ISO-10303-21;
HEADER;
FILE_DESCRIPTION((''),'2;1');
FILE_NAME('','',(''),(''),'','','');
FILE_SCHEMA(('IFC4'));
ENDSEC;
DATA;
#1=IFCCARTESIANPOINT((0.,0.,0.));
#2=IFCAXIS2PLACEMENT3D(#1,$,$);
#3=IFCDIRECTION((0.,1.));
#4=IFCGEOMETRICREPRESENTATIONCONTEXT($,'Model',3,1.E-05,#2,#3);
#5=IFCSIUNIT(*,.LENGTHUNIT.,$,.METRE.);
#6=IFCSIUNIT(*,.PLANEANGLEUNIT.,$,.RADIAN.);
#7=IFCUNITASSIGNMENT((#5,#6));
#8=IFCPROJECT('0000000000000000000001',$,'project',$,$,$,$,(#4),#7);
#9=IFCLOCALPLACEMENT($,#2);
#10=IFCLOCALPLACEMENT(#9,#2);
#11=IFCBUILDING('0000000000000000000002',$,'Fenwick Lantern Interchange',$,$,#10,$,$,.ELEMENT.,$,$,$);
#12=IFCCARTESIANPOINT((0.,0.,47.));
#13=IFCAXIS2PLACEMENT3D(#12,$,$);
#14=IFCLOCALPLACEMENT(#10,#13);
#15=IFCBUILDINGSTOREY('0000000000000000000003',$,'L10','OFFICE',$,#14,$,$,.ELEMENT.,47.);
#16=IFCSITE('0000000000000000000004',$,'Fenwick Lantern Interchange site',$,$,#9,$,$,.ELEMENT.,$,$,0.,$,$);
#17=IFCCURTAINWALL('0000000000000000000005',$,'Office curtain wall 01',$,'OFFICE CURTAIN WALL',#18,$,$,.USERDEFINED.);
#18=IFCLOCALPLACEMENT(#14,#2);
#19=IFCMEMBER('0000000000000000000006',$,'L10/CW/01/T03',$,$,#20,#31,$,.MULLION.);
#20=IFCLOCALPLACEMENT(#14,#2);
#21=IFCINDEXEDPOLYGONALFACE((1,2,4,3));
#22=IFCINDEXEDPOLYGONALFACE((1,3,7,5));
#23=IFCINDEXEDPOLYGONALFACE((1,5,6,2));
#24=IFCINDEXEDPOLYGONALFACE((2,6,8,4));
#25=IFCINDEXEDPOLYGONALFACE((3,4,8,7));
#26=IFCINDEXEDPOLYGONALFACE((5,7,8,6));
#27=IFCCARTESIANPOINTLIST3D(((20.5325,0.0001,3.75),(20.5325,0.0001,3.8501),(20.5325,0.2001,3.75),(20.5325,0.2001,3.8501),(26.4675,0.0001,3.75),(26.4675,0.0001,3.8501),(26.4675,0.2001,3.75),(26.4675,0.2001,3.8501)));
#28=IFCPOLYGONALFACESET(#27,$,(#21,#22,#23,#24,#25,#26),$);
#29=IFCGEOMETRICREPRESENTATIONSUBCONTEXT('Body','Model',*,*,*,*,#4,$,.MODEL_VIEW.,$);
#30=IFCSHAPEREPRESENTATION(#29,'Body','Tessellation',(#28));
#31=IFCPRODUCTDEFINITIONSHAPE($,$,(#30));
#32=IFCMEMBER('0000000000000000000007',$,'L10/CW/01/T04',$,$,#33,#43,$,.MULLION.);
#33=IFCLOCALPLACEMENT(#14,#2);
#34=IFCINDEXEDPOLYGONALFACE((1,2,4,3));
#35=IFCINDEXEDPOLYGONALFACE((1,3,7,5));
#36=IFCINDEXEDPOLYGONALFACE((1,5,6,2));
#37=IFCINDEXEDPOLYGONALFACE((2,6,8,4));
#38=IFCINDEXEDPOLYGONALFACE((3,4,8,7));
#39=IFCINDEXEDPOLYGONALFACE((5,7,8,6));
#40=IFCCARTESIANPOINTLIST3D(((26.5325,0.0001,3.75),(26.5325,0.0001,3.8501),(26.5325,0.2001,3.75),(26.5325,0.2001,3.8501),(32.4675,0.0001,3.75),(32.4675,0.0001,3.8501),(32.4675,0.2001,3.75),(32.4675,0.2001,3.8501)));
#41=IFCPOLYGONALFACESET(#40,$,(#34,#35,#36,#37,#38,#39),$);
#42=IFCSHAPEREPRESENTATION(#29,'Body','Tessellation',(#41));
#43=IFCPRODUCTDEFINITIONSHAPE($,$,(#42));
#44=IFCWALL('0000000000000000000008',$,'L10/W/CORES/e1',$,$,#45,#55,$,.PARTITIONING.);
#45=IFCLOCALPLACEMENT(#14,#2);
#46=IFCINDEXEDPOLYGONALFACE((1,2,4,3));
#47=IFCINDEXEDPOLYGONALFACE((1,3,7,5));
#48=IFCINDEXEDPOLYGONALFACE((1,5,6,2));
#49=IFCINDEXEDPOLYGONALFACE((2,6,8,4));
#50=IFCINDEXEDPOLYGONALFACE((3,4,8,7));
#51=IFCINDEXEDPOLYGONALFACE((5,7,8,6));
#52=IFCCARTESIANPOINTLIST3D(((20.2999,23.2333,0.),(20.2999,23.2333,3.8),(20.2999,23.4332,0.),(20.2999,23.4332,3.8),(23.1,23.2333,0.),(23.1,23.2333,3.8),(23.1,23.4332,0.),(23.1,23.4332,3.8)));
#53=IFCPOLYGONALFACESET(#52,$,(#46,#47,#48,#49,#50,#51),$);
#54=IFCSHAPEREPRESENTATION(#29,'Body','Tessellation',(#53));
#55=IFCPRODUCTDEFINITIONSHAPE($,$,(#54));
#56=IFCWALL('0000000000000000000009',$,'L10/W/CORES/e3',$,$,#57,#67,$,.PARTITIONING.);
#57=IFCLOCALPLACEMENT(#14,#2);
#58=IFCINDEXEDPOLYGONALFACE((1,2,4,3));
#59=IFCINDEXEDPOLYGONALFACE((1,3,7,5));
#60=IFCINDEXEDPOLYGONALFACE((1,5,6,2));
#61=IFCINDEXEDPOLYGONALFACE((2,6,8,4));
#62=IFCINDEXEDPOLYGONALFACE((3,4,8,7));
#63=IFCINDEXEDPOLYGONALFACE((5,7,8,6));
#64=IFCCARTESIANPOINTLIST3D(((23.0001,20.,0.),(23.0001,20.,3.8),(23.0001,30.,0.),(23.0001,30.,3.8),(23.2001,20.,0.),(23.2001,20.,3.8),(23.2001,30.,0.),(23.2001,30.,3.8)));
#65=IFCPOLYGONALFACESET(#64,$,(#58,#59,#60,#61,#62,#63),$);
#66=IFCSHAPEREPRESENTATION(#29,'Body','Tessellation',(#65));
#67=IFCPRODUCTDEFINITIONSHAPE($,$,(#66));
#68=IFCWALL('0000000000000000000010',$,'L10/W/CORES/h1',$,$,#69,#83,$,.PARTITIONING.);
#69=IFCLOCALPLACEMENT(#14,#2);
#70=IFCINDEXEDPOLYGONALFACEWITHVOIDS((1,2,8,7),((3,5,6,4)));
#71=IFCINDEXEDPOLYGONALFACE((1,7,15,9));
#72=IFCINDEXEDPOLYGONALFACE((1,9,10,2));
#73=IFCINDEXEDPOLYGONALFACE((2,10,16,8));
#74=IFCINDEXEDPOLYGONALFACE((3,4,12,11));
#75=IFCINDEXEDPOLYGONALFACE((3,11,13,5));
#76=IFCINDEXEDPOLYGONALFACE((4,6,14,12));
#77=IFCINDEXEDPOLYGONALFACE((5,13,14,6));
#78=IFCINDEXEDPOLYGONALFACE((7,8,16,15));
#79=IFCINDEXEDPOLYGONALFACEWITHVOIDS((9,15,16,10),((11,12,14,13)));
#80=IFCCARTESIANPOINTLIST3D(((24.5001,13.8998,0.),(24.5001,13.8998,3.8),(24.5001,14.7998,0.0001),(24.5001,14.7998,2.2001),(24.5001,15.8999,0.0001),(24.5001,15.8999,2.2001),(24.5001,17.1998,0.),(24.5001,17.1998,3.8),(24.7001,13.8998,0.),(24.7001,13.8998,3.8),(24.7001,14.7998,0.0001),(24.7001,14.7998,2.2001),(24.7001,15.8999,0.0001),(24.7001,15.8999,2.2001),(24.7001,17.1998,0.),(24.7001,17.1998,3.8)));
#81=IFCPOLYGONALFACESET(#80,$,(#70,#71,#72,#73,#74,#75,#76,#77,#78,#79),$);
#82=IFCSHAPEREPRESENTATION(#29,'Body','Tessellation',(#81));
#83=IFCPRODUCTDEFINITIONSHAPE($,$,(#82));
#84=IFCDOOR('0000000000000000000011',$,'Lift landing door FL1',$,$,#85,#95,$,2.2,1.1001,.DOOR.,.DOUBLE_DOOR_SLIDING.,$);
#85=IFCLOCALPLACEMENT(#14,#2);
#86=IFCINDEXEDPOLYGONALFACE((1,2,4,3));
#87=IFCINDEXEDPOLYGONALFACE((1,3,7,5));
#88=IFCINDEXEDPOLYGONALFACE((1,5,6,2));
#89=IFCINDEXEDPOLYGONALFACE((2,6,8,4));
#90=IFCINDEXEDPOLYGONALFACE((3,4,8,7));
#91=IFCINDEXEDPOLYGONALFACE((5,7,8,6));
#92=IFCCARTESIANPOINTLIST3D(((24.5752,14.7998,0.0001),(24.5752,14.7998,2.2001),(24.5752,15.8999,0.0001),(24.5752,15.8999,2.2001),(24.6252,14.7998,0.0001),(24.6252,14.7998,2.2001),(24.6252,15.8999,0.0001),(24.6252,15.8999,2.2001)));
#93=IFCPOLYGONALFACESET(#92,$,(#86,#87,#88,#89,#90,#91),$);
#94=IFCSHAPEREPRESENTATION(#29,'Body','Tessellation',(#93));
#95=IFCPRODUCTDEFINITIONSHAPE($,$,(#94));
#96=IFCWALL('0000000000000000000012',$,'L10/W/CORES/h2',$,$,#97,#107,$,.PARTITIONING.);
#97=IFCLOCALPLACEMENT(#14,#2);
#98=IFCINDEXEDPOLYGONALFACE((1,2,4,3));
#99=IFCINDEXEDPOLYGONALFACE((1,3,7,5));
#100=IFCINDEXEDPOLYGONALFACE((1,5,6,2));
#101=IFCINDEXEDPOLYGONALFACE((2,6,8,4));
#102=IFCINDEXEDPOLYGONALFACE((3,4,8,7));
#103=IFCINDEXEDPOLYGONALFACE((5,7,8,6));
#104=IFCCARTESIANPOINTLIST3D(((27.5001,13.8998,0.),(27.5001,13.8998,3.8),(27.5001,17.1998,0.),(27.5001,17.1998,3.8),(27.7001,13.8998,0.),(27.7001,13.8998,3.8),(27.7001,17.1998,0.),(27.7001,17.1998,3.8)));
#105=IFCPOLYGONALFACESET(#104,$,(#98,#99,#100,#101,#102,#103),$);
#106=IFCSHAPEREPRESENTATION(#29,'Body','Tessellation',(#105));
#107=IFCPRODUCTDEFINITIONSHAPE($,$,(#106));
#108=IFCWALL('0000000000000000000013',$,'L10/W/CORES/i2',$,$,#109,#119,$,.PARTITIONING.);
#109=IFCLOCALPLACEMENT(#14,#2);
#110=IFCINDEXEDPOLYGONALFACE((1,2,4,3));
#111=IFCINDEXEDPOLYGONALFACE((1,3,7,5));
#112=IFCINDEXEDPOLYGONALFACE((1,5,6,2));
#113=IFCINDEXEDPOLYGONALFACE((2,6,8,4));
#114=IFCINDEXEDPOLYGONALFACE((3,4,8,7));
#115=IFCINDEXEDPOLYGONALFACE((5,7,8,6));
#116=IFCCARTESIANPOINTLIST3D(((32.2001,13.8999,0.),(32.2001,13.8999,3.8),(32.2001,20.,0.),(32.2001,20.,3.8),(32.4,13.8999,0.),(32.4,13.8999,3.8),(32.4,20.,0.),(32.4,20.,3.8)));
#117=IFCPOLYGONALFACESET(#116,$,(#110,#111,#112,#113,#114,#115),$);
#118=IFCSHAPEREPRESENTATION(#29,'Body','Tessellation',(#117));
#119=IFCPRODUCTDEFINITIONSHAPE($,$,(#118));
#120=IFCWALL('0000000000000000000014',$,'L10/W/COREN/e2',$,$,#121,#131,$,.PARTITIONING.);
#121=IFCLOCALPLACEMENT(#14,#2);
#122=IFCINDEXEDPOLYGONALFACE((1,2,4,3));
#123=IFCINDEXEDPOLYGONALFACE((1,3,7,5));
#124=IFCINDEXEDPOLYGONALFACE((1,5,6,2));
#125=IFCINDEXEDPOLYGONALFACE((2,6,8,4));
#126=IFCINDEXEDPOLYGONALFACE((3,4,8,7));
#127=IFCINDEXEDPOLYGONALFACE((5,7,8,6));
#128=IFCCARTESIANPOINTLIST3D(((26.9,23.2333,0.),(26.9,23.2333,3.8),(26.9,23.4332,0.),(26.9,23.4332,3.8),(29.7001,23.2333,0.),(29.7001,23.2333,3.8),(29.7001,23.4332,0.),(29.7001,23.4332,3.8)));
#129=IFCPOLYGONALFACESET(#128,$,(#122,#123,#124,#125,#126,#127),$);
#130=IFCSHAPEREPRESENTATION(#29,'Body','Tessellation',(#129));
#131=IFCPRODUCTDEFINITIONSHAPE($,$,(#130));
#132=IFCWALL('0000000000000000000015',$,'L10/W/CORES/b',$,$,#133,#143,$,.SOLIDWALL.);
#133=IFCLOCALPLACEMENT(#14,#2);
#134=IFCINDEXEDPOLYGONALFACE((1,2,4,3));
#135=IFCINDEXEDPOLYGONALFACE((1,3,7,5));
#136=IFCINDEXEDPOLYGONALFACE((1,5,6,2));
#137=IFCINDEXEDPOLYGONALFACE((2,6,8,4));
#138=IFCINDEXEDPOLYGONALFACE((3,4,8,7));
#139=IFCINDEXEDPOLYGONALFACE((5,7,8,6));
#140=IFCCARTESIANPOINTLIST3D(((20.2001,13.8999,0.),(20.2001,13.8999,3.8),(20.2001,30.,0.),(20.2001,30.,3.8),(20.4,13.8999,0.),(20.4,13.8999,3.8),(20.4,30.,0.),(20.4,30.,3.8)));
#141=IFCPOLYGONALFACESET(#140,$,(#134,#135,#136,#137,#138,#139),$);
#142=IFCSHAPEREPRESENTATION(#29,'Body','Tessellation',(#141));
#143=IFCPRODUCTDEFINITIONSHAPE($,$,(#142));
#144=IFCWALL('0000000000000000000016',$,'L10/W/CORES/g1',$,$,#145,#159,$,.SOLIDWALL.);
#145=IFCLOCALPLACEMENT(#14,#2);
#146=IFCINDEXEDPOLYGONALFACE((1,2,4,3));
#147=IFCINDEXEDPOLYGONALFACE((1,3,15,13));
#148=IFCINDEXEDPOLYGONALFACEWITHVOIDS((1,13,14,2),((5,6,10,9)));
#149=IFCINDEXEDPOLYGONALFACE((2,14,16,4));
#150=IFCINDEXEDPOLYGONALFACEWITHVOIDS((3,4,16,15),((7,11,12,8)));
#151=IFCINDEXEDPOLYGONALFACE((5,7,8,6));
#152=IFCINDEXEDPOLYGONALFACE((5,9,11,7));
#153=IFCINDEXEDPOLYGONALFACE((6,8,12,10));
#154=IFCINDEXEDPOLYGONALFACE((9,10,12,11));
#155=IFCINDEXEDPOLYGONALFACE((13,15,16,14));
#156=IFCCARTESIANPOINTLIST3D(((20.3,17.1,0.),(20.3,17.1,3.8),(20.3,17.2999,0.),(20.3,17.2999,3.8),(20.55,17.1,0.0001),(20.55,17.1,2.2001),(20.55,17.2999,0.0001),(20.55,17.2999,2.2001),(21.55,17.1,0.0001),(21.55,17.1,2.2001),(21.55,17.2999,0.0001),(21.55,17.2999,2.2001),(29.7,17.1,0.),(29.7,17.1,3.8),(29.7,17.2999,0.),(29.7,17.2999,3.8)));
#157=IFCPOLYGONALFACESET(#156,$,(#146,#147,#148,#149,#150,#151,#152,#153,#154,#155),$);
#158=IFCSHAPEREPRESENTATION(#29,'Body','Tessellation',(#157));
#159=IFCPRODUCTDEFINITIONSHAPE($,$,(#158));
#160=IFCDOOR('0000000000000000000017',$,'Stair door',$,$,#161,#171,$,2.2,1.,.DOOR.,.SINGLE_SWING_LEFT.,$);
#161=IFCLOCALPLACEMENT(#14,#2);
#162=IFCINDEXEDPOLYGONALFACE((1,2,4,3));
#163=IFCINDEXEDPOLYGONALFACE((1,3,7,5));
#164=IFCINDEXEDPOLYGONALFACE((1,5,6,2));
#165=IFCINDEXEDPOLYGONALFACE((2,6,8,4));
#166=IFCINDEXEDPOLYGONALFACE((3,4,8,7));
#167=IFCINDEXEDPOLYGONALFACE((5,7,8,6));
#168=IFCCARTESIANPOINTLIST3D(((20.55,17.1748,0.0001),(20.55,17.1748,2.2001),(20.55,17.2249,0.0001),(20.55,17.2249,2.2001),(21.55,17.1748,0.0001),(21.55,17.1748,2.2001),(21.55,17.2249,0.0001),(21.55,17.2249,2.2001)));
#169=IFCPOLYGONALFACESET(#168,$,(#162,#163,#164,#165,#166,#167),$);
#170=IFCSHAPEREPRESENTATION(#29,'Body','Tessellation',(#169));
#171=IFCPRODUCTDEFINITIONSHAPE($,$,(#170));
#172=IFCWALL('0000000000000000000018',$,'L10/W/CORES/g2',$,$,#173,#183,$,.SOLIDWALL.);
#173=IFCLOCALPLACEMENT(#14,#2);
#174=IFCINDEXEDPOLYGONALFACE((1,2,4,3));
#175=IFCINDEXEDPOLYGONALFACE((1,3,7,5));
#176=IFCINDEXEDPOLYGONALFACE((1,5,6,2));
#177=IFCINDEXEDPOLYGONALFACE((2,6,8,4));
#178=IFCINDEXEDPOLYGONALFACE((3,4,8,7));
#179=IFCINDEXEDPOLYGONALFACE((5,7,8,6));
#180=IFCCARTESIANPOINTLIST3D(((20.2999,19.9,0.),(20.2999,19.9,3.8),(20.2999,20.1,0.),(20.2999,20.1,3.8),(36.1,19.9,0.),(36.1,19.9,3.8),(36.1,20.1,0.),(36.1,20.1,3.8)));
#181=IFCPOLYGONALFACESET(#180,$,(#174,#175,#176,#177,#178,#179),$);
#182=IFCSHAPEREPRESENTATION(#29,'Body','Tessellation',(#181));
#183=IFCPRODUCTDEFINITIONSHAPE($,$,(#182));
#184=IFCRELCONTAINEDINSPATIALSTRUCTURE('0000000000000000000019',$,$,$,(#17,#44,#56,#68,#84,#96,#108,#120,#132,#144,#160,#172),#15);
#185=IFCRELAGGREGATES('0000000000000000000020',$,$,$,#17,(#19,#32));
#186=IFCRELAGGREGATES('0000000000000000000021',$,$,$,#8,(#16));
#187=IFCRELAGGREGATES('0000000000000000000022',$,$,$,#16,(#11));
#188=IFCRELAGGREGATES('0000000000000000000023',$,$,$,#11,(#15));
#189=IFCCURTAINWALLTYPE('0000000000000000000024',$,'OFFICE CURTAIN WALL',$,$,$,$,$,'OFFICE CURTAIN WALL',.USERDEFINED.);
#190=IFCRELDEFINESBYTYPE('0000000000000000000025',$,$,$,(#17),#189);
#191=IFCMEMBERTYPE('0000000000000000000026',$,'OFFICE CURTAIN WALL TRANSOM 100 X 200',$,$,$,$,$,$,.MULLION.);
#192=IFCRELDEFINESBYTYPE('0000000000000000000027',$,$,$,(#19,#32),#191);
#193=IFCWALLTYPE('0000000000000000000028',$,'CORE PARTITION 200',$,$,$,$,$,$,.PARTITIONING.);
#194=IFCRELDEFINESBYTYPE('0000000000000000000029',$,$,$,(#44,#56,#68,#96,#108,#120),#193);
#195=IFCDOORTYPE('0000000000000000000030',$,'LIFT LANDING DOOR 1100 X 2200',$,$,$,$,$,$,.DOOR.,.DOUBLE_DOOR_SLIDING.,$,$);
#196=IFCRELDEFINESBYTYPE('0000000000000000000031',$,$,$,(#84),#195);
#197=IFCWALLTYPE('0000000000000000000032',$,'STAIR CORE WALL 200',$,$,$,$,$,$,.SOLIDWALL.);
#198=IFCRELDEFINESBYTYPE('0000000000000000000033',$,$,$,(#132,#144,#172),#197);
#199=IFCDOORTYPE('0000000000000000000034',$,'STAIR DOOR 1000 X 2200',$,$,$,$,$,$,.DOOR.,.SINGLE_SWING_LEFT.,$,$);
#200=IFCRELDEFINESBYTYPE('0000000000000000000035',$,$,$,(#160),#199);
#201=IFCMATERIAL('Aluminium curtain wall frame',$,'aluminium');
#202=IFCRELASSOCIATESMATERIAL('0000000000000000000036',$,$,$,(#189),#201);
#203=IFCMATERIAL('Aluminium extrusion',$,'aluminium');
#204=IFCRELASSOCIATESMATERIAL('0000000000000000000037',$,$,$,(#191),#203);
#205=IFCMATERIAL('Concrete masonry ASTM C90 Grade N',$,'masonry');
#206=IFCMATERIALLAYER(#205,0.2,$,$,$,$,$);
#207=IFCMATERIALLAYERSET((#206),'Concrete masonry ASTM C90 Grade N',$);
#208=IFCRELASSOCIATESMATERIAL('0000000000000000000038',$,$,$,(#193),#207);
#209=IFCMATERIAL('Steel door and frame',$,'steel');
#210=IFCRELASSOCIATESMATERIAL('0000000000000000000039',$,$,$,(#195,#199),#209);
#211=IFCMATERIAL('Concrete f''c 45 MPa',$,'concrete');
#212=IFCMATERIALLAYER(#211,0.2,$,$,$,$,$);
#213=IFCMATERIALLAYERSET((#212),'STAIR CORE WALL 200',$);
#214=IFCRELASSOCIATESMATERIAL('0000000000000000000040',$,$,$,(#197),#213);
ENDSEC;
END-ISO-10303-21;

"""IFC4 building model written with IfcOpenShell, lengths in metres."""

from ifc_helpers import new_model, si_unit, direction, frame, frame_2d, origin, origin_2d, place, context, subcontext, project, spatial, rectangle, extrude, material, layer, layer_set, material_profile, profile_set, type_object, element, fill, aggregate, save


model = new_model("IFC4")

# Units and contexts
model_context = context("Model", 3, precision=1e-05, world=origin(), true_north=direction((0.0, 1.0)))
body_context = subcontext(model_context, "Body", "Model", "MODEL_VIEW")
ifc_project = project(units=[si_unit("LENGTHUNIT", "METRE"), si_unit("PLANEANGLEUNIT", "RADIAN")], contexts=[model_context])

# Site, building, storey
site_placement = place(None, origin())
site = spatial("IfcSite", under=ifc_project, at=site_placement, Name="Fenwick Lantern Interchange site", CompositionType="ELEMENT", RefElevation=0.0)
building_placement = place(site_placement, origin())
building = spatial("IfcBuilding", under=site, at=building_placement, Name="Fenwick Lantern Interchange", CompositionType="ELEMENT")
storey_placement = place(building_placement, frame((0.0, 0.0, 47.0)))
storey = spatial("IfcBuildingStorey", under=building, at=storey_placement, Name="L10", Description="OFFICE", CompositionType="ELEMENT", Elevation=47.0)

# Curtain wall, members
ifc_material_1 = material(Name="Aluminium curtain wall frame", Category="aluminium")
curtain_wall_type = type_object("IfcCurtainWallType", Name="OFFICE CURTAIN WALL", ElementType="OFFICE CURTAIN WALL", PredefinedType="USERDEFINED", material=ifc_material_1)
curtain_wall_placement = place(storey_placement, origin())
curtain_wall = element("IfcCurtainWall", 1, at=curtain_wall_placement, inside=storey, type_object=curtain_wall_type, Name="Office curtain wall 01", ObjectType="OFFICE CURTAIN WALL", PredefinedType="USERDEFINED")
ifc_material_2 = material(Name="Aluminium extrusion", Category="aluminium")
ifc_material_profile_1 = material_profile(ifc_material_2, rectangle(XDim=0.2, YDim=0.1001, at=origin_2d()), Name="OFFICE CURTAIN WALL TRANSOM 100 X 200")
ifc_profile_set_1 = profile_set([ifc_material_profile_1], Name="Aluminium extrusion")
member_type_1 = type_object("IfcMemberType", Name="OFFICE CURTAIN WALL TRANSOM 100 X 200", PredefinedType="MULLION", material=ifc_profile_set_1)
member_1_placement = place(storey_placement, frame((20.5325, 0.1001, 3.8), z_axis=(1.0, 0.0, 0.0), x_axis=(0.0, 1.0, 0.0)))
member_1 = element("IfcMember", 2, at=member_1_placement, type_object=member_type_1, Name="L10/CW/01/T03", PredefinedType="MULLION", context=body_context, shape_type="SweptSolid", body=[
    extrude(rectangle(XDim=0.2, YDim=0.1001, at=origin_2d()), origin(), (0.0, 0.0, 1.0), 5.9351),
])
member_2_placement = place(storey_placement, frame((26.5325, 0.1001, 3.8), z_axis=(1.0, 0.0, 0.0), x_axis=(0.0, 1.0, 0.0)))
member_2 = element("IfcMember", 3, at=member_2_placement, type_object=member_type_1, Name="L10/CW/01/T04", PredefinedType="MULLION", context=body_context, shape_type="SweptSolid", body=[
    extrude(rectangle(XDim=0.2, YDim=0.1001, at=origin_2d()), origin(), (0.0, 0.0, 1.0), 5.9351),
])
aggregate(curtain_wall, [member_1, member_2])

# Walls
ifc_material_3 = material(Name="Concrete masonry ASTM C90 Grade N", Category="masonry")
ifc_layer_1 = layer(ifc_material_3, 0.2)
ifc_layer_set_1 = layer_set([ifc_layer_1], Name="Concrete masonry ASTM C90 Grade N")
wall_type_1 = type_object("IfcWallType", Name="CORE PARTITION 200", PredefinedType="PARTITIONING", material=ifc_layer_set_1)
wall_1_placement = place(storey_placement, frame((20.3, 23.3333, 0.0), z_axis=(0.0, 0.0, 1.0), x_axis=(1.0, 0.0, 0.0)))
element("IfcWall", 4, at=wall_1_placement, inside=storey, type_object=wall_type_1, Name="L10/W/CORES/e1", PredefinedType="PARTITIONING", context=body_context, shape_type="SweptSolid", body=[
    extrude(rectangle(XDim=2.8, YDim=0.2, at=frame_2d((1.3999, 0.0))), origin(), (0.0, 0.0, 1.0), 3.8),
])
wall_2_placement = place(storey_placement, frame((23.1001, 20.0, 0.0), z_axis=(0.0, 0.0, 1.0), x_axis=(0.0, 1.0, 0.0)))
element("IfcWall", 5, at=wall_2_placement, inside=storey, type_object=wall_type_1, Name="L10/W/CORES/e3", PredefinedType="PARTITIONING", context=body_context, shape_type="SweptSolid", body=[
    extrude(rectangle(XDim=10.0, YDim=0.2, at=frame_2d((5.0, 0.0))), origin(), (0.0, 0.0, 1.0), 3.8),
])

# Wall, opening, door
wall_3_placement = place(storey_placement, frame((24.6001, 13.8999, 0.0), z_axis=(0.0, 0.0, 1.0), x_axis=(0.0, 1.0, 0.0)))
wall_3 = element("IfcWall", 6, at=wall_3_placement, inside=storey, type_object=wall_type_1, Name="L10/W/CORES/h1", PredefinedType="PARTITIONING", context=body_context, shape_type="SweptSolid", body=[
    extrude(rectangle(XDim=3.3, YDim=0.2, at=frame_2d((1.6499, 0.0))), origin(), (0.0, 0.0, 1.0), 3.8),
])
opening_1_placement = place(wall_3_placement, frame((0.8999, 0.0, 0.0)))
opening_1 = element("IfcOpeningElement", 7, at=opening_1_placement, cuts=wall_3, PredefinedType="OPENING", context=body_context, shape_type="SweptSolid", body=[
    extrude(rectangle(XDim=1.1001, YDim=2.2, at=frame_2d((0.55, 1.1001))), frame((0.0, 0.1099, 0.0), z_axis=(0.0, -1.0, 0.0), x_axis=(1.0, 0.0, 0.0)), (0.0, 0.0, 1.0), 0.22),
])
ifc_material_4 = material(Name="Steel door and frame", Category="steel")
door_type_1 = type_object("IfcDoorType", Name="LIFT LANDING DOOR 1100 X 2200", OperationType="DOUBLE_DOOR_SLIDING", PredefinedType="DOOR", material=ifc_material_4)
door_1_placement = place(opening_1_placement, origin())
door_1 = element("IfcDoor", 8, at=door_1_placement, inside=storey, type_object=door_type_1, Name="Lift landing door FL1", OperationType="DOUBLE_DOOR_SLIDING", OverallHeight=2.2, OverallWidth=1.1001, PredefinedType="DOOR", context=body_context, shape_type="SweptSolid", body=[
    extrude(rectangle(XDim=1.1001, YDim=2.2, at=frame_2d((0.55, 1.1001))), frame((0.0, 0.0249, 0.0), z_axis=(0.0, -1.0, 0.0), x_axis=(1.0, 0.0, 0.0)), (0.0, 0.0, 1.0), 0.05),
])
fill(opening_1, door_1)

# Walls
wall_4_placement = place(storey_placement, frame((27.6001, 13.8999, 0.0), z_axis=(0.0, 0.0, 1.0), x_axis=(0.0, 1.0, 0.0)))
element("IfcWall", 9, at=wall_4_placement, inside=storey, type_object=wall_type_1, Name="L10/W/CORES/h2", PredefinedType="PARTITIONING", context=body_context, shape_type="SweptSolid", body=[
    extrude(rectangle(XDim=3.3, YDim=0.2, at=frame_2d((1.6499, 0.0))), origin(), (0.0, 0.0, 1.0), 3.8),
])
wall_5_placement = place(storey_placement, frame((32.3, 13.8999, 0.0), z_axis=(0.0, 0.0, 1.0), x_axis=(0.0, 1.0, 0.0)))
element("IfcWall", 10, at=wall_5_placement, inside=storey, type_object=wall_type_1, Name="L10/W/CORES/i2", PredefinedType="PARTITIONING", context=body_context, shape_type="SweptSolid", body=[
    extrude(rectangle(XDim=6.1001, YDim=0.2, at=frame_2d((3.05, 0.0))), origin(), (0.0, 0.0, 1.0), 3.8),
])
wall_6_placement = place(storey_placement, frame((29.7, 23.3333, 0.0), z_axis=(0.0, 0.0, 1.0), x_axis=(-1.0, 0.0, 0.0)))
element("IfcWall", 11, at=wall_6_placement, inside=storey, type_object=wall_type_1, Name="L10/W/COREN/e2", PredefinedType="PARTITIONING", context=body_context, shape_type="SweptSolid", body=[
    extrude(rectangle(XDim=2.8, YDim=0.2, at=frame_2d((1.3999, 0.0))), origin(), (0.0, 0.0, 1.0), 3.8),
])
ifc_material_5 = material(Name="Concrete f'c 45 MPa", Category="concrete")
ifc_layer_2 = layer(ifc_material_5, 0.2)
ifc_layer_set_2 = layer_set([ifc_layer_2], Name="STAIR CORE WALL 200")
wall_type_2 = type_object("IfcWallType", Name="STAIR CORE WALL 200", PredefinedType="SOLIDWALL", material=ifc_layer_set_2)
wall_7_placement = place(storey_placement, frame((20.3, 13.8999, 0.0), z_axis=(0.0, 0.0, 1.0), x_axis=(0.0, 1.0, 0.0)))
element("IfcWall", 12, at=wall_7_placement, inside=storey, type_object=wall_type_2, Name="L10/W/CORES/b", PredefinedType="SOLIDWALL", context=body_context, shape_type="SweptSolid", body=[
    extrude(rectangle(XDim=16.1001, YDim=0.2, at=frame_2d((8.05, 0.0))), origin(), (0.0, 0.0, 1.0), 3.8),
])

# Wall, opening, door
wall_8_placement = place(storey_placement, frame((20.3, 17.2, 0.0), z_axis=(0.0, 0.0, 1.0), x_axis=(1.0, 0.0, 0.0)))
wall_8 = element("IfcWall", 13, at=wall_8_placement, inside=storey, type_object=wall_type_2, Name="L10/W/CORES/g1", PredefinedType="SOLIDWALL", context=body_context, shape_type="SweptSolid", body=[
    extrude(rectangle(XDim=9.3999, YDim=0.2, at=frame_2d((4.7, 0.0))), origin(), (0.0, 0.0, 1.0), 3.8),
])
opening_2_placement = place(wall_8_placement, frame((0.25, 0.0, 0.0)))
opening_2 = element("IfcOpeningElement", 14, at=opening_2_placement, cuts=wall_8, PredefinedType="OPENING", context=body_context, shape_type="SweptSolid", body=[
    extrude(rectangle(XDim=1.0, YDim=2.2, at=frame_2d((0.5, 1.1001))), frame((0.0, 0.1099, 0.0), z_axis=(0.0, -1.0, 0.0), x_axis=(1.0, 0.0, 0.0)), (0.0, 0.0, 1.0), 0.22),
])
door_type_2 = type_object("IfcDoorType", Name="STAIR DOOR 1000 X 2200", OperationType="SINGLE_SWING_LEFT", PredefinedType="DOOR", material=ifc_material_4)
door_2_placement = place(opening_2_placement, origin())
door_2 = element("IfcDoor", 15, at=door_2_placement, inside=storey, type_object=door_type_2, Name="Stair door", OperationType="SINGLE_SWING_LEFT", OverallHeight=2.2, OverallWidth=1.0, PredefinedType="DOOR", context=body_context, shape_type="SweptSolid", body=[
    extrude(rectangle(XDim=1.0, YDim=2.2, at=frame_2d((0.5, 1.1001))), frame((0.0, 0.0249, 0.0), z_axis=(0.0, -1.0, 0.0), x_axis=(1.0, 0.0, 0.0)), (0.0, 0.0, 1.0), 0.05),
])
fill(opening_2, door_2)

# Wall
wall_9_placement = place(storey_placement, frame((20.3, 20.0, 0.0), z_axis=(0.0, 0.0, 1.0), x_axis=(1.0, 0.0, 0.0)))
element("IfcWall", 16, at=wall_9_placement, inside=storey, type_object=wall_type_2, Name="L10/W/CORES/g2", PredefinedType="SOLIDWALL", context=body_context, shape_type="SweptSolid", body=[
    extrude(rectangle(XDim=15.8, YDim=0.2, at=frame_2d((7.8999, 0.0))), origin(), (0.0, 0.0, 1.0), 3.8),
])

save(model, "model.ifc")
